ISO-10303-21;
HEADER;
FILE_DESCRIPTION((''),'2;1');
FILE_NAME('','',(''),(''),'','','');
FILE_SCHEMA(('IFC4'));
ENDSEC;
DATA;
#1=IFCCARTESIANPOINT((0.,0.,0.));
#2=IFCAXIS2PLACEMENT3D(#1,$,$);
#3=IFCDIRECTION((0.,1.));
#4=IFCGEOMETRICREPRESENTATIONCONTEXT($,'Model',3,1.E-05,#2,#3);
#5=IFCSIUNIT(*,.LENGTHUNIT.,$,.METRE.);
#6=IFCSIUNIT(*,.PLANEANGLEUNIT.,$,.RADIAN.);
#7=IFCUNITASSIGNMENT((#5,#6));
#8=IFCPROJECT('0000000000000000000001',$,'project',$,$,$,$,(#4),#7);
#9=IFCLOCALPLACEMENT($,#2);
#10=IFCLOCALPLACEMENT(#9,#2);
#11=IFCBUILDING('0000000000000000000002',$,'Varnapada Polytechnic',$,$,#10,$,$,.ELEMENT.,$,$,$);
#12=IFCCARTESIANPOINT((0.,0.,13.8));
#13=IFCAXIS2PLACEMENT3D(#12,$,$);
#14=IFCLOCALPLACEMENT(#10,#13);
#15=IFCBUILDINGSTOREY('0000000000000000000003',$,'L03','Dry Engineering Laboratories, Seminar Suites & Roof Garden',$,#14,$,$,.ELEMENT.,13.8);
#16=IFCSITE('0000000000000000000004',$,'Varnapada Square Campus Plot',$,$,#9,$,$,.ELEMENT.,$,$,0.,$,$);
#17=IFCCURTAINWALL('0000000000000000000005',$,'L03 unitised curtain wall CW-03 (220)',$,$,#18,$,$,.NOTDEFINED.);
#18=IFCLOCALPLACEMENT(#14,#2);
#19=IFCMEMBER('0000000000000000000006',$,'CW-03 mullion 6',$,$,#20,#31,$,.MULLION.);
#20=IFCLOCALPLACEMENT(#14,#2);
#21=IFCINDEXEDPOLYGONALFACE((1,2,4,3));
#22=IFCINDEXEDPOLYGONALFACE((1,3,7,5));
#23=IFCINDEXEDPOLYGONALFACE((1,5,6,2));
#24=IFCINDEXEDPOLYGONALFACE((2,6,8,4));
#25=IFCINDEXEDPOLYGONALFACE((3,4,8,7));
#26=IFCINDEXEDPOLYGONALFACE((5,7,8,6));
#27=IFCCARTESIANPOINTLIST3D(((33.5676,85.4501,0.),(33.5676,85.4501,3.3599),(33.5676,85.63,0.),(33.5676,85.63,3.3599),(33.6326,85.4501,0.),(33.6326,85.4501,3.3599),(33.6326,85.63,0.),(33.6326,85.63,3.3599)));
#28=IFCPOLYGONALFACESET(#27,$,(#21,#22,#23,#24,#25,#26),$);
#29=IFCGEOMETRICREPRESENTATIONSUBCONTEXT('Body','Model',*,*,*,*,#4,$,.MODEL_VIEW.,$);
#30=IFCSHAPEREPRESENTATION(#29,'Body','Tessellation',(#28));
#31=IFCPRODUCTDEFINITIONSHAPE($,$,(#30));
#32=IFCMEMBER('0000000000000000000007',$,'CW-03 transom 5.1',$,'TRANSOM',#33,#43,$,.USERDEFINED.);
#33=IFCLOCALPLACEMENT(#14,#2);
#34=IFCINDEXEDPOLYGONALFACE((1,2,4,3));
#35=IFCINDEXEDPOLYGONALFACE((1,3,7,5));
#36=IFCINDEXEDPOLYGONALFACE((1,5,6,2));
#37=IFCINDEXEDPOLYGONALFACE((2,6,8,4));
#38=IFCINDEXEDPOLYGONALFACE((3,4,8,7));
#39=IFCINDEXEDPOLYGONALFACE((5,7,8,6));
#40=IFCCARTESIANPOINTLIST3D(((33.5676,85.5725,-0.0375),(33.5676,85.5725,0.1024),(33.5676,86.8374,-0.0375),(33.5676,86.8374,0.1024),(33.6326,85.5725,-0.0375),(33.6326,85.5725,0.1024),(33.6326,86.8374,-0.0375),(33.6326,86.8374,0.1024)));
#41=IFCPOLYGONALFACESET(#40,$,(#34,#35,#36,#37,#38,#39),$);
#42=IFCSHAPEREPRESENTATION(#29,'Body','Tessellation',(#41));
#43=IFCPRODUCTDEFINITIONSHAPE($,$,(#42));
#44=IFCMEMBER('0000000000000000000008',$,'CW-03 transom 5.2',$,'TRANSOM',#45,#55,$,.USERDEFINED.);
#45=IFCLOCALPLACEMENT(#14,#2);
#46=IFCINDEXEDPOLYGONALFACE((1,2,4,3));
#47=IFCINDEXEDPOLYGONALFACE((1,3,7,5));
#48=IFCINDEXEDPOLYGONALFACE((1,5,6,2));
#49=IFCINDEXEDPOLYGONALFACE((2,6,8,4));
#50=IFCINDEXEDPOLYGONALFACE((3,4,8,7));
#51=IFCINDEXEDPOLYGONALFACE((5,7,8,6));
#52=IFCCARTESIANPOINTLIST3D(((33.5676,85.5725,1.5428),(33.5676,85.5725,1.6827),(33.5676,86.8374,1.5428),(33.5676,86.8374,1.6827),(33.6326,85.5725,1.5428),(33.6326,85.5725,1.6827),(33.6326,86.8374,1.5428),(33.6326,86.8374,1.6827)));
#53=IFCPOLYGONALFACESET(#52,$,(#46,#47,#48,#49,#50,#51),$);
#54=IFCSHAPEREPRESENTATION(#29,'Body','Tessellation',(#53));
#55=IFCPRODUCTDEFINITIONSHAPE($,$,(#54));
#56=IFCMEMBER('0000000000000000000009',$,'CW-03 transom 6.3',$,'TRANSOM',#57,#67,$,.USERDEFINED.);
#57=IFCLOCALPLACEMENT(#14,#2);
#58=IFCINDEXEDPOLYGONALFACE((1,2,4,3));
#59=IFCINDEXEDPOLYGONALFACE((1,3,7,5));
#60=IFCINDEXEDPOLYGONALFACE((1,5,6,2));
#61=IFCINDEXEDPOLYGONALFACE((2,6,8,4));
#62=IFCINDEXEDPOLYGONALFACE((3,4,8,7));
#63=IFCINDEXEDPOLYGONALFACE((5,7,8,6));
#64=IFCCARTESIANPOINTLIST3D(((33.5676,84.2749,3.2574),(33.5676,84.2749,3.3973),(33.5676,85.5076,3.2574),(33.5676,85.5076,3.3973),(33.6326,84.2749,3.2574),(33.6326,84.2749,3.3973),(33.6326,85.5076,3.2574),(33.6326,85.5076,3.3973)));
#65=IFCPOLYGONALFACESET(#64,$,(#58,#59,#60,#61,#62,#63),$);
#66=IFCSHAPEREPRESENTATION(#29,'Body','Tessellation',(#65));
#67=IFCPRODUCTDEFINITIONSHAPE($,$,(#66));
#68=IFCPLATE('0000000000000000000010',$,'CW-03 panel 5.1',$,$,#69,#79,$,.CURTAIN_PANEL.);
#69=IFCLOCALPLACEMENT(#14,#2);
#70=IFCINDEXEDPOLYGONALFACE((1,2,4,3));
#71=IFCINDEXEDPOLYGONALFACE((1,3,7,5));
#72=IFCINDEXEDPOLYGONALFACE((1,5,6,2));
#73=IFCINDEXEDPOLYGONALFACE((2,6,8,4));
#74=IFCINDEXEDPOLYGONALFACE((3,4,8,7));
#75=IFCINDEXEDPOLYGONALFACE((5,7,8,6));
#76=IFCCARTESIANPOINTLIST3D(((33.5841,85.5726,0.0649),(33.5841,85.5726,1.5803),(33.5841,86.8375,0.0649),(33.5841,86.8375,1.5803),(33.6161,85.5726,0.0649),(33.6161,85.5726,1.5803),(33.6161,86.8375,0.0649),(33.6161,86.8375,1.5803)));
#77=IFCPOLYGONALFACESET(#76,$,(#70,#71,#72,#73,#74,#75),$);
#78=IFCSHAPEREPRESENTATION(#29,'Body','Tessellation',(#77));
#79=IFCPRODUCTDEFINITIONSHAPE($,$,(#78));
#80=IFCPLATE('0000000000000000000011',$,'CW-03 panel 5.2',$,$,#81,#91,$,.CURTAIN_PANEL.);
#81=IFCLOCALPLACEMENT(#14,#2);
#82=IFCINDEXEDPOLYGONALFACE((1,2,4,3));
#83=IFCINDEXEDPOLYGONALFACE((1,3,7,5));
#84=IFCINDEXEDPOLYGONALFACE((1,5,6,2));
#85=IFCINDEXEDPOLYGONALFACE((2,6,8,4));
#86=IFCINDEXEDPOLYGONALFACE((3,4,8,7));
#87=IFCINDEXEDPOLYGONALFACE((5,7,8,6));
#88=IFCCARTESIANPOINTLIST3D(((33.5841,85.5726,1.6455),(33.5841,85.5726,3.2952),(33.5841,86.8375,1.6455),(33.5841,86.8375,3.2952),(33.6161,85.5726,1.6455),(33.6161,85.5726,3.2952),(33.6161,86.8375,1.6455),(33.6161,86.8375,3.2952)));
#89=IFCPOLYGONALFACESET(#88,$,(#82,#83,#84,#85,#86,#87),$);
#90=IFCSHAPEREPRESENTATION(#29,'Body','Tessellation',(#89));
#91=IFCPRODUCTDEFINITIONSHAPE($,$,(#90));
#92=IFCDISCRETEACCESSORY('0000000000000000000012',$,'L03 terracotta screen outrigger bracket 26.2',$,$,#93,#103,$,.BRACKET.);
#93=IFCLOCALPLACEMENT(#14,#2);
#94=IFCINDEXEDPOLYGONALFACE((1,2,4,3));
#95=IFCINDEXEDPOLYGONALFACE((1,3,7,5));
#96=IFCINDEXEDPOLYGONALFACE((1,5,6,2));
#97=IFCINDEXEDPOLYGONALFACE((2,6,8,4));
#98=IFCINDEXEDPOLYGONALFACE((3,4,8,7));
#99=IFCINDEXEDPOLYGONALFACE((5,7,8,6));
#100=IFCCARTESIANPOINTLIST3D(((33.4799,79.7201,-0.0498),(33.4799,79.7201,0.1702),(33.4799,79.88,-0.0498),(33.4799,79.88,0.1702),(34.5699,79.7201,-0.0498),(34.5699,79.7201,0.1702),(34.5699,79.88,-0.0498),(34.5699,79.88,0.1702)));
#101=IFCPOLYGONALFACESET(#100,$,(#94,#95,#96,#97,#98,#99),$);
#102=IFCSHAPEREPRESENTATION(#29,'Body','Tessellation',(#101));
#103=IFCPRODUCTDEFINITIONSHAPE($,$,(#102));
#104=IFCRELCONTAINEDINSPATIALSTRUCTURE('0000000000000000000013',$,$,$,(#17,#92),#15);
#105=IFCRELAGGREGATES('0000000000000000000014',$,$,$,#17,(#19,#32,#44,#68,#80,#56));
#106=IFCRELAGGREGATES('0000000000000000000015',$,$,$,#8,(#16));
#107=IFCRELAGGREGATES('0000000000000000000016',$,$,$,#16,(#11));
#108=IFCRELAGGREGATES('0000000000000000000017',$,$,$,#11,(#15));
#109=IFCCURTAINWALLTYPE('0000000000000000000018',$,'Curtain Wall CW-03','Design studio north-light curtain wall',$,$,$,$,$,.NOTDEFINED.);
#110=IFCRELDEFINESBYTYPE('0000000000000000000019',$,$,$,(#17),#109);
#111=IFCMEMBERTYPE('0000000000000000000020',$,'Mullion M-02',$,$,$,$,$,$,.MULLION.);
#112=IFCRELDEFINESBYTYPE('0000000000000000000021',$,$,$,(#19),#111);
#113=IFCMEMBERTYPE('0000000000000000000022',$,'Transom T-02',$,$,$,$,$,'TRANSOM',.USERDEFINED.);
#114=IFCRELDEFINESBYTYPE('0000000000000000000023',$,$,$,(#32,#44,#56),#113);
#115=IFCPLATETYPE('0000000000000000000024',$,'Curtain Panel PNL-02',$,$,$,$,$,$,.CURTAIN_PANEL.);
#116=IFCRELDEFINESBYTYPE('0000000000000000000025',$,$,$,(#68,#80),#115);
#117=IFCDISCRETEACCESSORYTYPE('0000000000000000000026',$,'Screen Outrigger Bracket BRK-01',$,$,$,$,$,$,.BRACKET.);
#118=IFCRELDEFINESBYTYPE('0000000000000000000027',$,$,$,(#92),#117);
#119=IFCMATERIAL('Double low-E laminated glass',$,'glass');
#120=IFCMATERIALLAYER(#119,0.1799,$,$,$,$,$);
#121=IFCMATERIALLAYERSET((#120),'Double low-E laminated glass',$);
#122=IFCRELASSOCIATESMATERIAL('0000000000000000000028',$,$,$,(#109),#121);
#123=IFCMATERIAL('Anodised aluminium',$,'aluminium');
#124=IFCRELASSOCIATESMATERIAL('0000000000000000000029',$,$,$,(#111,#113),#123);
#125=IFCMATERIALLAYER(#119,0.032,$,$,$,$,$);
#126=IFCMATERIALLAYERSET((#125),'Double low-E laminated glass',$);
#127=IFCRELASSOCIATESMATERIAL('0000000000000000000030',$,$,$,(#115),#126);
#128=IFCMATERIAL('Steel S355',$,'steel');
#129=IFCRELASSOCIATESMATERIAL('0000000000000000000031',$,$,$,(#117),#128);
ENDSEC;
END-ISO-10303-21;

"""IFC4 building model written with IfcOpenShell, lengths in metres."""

from ifc_helpers import new_model, si_unit, direction, frame, origin, origin_2d, place, context, subcontext, project, spatial, rectangle, extrude, material, layer, layer_set, material_profile, profile_set, type_object, element, aggregate, save


model = new_model("IFC4")

# Units and contexts
model_context = context("Model", 3, precision=1e-05, world=origin(), true_north=direction((0.0, 1.0)))
body_context = subcontext(model_context, "Body", "Model", "MODEL_VIEW")
ifc_project = project(units=[si_unit("LENGTHUNIT", "METRE"), si_unit("PLANEANGLEUNIT", "RADIAN")], contexts=[model_context])

# Site, building, storey
site_placement = place(None, origin())
site = spatial("IfcSite", under=ifc_project, at=site_placement, Name="Varnapada Square Campus Plot", CompositionType="ELEMENT", RefElevation=0.0)
building_placement = place(site_placement, origin())
building = spatial("IfcBuilding", under=site, at=building_placement, Name="Varnapada Polytechnic", CompositionType="ELEMENT")
storey_placement = place(building_placement, frame((0.0, 0.0, 13.8)))
storey = spatial("IfcBuildingStorey", under=building, at=storey_placement, Name="L03", Description="Dry Engineering Laboratories, Seminar Suites & Roof Garden", CompositionType="ELEMENT", Elevation=13.8)

# Curtain wall, members, plates
ifc_material_1 = material(Name="Double low-E laminated glass", Category="glass")
ifc_layer_1 = layer(ifc_material_1, 0.1799)
ifc_layer_set_1 = layer_set([ifc_layer_1], Name="Double low-E laminated glass")
curtain_wall_type = type_object("IfcCurtainWallType", Name="Curtain Wall CW-03", Description="Design studio north-light curtain wall", PredefinedType="NOTDEFINED", material=ifc_layer_set_1)
curtain_wall_placement = place(storey_placement, origin())
curtain_wall = element("IfcCurtainWall", 1, at=curtain_wall_placement, inside=storey, type_object=curtain_wall_type, Name="L03 unitised curtain wall CW-03 (220)", PredefinedType="NOTDEFINED")
ifc_material_2 = material(Name="Anodised aluminium", Category="aluminium")
ifc_material_profile_1 = material_profile(ifc_material_2, rectangle(XDim=0.0649, YDim=0.1799, at=origin_2d()), Name="ALU M65x180")
ifc_profile_set_1 = profile_set([ifc_material_profile_1], Name="Anodised aluminium")
member_type_1 = type_object("IfcMemberType", Name="Mullion M-02", PredefinedType="MULLION", material=ifc_profile_set_1)
member_1_placement = place(storey_placement, frame((33.6001, 85.54, 0.0), z_axis=(0.0, 0.0, 1.0), x_axis=(1.0, 0.0, 0.0)))
member_1 = element("IfcMember", 2, at=member_1_placement, type_object=member_type_1, Name="CW-03 mullion 6", PredefinedType="MULLION", context=body_context, shape_type="SweptSolid", body=[
    extrude(rectangle(XDim=0.0649, YDim=0.1799, at=origin_2d()), origin(), (0.0, 0.0, 1.0), 3.3599),
])
ifc_material_profile_2 = material_profile(ifc_material_2, rectangle(XDim=0.0649, YDim=0.1399, at=origin_2d()), Name="ALU T65x140")
ifc_profile_set_2 = profile_set([ifc_material_profile_2], Name="Anodised aluminium")
member_type_2 = type_object("IfcMemberType", Name="Transom T-02", ElementType="TRANSOM", PredefinedType="USERDEFINED", material=ifc_profile_set_2)
member_2_placement = place(storey_placement, frame((33.6001, 86.8374, 0.0325), z_axis=(0.0, -1.0, 0.0), x_axis=(1.0, 0.0, 0.0)))
member_2 = element("IfcMember", 3, at=member_2_placement, type_object=member_type_2, Name="CW-03 transom 5.1", ObjectType="TRANSOM", PredefinedType="USERDEFINED", context=body_context, shape_type="SweptSolid", body=[
    extrude(rectangle(XDim=0.0649, YDim=0.1399, at=origin_2d()), origin(), (0.0, 0.0, 1.0), 1.2649),
])
member_3_placement = place(storey_placement, frame((33.6001, 86.8374, 1.6128), z_axis=(0.0, -1.0, 0.0), x_axis=(1.0, 0.0, 0.0)))
member_3 = element("IfcMember", 4, at=member_3_placement, type_object=member_type_2, Name="CW-03 transom 5.2", ObjectType="TRANSOM", PredefinedType="USERDEFINED", context=body_context, shape_type="SweptSolid", body=[
    extrude(rectangle(XDim=0.0649, YDim=0.1399, at=origin_2d()), origin(), (0.0, 0.0, 1.0), 1.2649),
])
member_4_placement = place(storey_placement, frame((33.6001, 85.5076, 3.3274), z_axis=(0.0, -1.0, 0.0), x_axis=(1.0, 0.0, 0.0)))
member_4 = element("IfcMember", 5, at=member_4_placement, type_object=member_type_2, Name="CW-03 transom 6.3", ObjectType="TRANSOM", PredefinedType="USERDEFINED", context=body_context, shape_type="SweptSolid", body=[
    extrude(rectangle(XDim=0.0649, YDim=0.1399, at=origin_2d()), origin(), (0.0, 0.0, 1.0), 1.2327),
])
ifc_layer_2 = layer(ifc_material_1, 0.032)
ifc_layer_set_2 = layer_set([ifc_layer_2], Name="Double low-E laminated glass")
plate_type = type_object("IfcPlateType", Name="Curtain Panel PNL-02", PredefinedType="CURTAIN_PANEL", material=ifc_layer_set_2)
plate_1_placement = place(storey_placement, frame((33.6001, 86.2051, 0.0649), z_axis=(0.0, 0.0, 1.0), x_axis=(0.0, -1.0, 0.0)))
plate_1 = element("IfcPlate", 6, at=plate_1_placement, type_object=plate_type, Name="CW-03 panel 5.1", PredefinedType="CURTAIN_PANEL", context=body_context, shape_type="SweptSolid", body=[
    extrude(rectangle(XDim=1.2649, YDim=0.032, at=origin_2d()), origin(), (0.0, 0.0, 1.0), 1.5154),
])
plate_2_placement = place(storey_placement, frame((33.6001, 86.2051, 1.6455), z_axis=(0.0, 0.0, 1.0), x_axis=(0.0, -1.0, 0.0)))
plate_2 = element("IfcPlate", 7, at=plate_2_placement, type_object=plate_type, Name="CW-03 panel 5.2", PredefinedType="CURTAIN_PANEL", context=body_context, shape_type="SweptSolid", body=[
    extrude(rectangle(XDim=1.2649, YDim=0.032, at=origin_2d()), origin(), (0.0, 0.0, 1.0), 1.6497),
])
aggregate(curtain_wall, [member_1, member_2, member_3, plate_1, plate_2, member_4])

# Discrete accessory
ifc_material_3 = material(Name="Steel S355", Category="steel")
discrete_accessory_type = type_object("IfcDiscreteAccessoryType", Name="Screen Outrigger Bracket BRK-01", PredefinedType="BRACKET", material=ifc_material_3)
discrete_accessory_placement = place(storey_placement, frame((34.0249, 79.8, -0.0498), z_axis=(0.0, 0.0, 1.0), x_axis=(0.0, -1.0, 0.0)))
element("IfcDiscreteAccessory", 8, at=discrete_accessory_placement, inside=storey, type_object=discrete_accessory_type, Name="L03 terracotta screen outrigger bracket 26.2", PredefinedType="BRACKET", context=body_context, shape_type="SweptSolid", body=[
    extrude(rectangle(XDim=0.1599, YDim=1.0901, at=origin_2d()), origin(), (0.0, 0.0, 1.0), 0.22),
])

save(model, "model.ifc")
